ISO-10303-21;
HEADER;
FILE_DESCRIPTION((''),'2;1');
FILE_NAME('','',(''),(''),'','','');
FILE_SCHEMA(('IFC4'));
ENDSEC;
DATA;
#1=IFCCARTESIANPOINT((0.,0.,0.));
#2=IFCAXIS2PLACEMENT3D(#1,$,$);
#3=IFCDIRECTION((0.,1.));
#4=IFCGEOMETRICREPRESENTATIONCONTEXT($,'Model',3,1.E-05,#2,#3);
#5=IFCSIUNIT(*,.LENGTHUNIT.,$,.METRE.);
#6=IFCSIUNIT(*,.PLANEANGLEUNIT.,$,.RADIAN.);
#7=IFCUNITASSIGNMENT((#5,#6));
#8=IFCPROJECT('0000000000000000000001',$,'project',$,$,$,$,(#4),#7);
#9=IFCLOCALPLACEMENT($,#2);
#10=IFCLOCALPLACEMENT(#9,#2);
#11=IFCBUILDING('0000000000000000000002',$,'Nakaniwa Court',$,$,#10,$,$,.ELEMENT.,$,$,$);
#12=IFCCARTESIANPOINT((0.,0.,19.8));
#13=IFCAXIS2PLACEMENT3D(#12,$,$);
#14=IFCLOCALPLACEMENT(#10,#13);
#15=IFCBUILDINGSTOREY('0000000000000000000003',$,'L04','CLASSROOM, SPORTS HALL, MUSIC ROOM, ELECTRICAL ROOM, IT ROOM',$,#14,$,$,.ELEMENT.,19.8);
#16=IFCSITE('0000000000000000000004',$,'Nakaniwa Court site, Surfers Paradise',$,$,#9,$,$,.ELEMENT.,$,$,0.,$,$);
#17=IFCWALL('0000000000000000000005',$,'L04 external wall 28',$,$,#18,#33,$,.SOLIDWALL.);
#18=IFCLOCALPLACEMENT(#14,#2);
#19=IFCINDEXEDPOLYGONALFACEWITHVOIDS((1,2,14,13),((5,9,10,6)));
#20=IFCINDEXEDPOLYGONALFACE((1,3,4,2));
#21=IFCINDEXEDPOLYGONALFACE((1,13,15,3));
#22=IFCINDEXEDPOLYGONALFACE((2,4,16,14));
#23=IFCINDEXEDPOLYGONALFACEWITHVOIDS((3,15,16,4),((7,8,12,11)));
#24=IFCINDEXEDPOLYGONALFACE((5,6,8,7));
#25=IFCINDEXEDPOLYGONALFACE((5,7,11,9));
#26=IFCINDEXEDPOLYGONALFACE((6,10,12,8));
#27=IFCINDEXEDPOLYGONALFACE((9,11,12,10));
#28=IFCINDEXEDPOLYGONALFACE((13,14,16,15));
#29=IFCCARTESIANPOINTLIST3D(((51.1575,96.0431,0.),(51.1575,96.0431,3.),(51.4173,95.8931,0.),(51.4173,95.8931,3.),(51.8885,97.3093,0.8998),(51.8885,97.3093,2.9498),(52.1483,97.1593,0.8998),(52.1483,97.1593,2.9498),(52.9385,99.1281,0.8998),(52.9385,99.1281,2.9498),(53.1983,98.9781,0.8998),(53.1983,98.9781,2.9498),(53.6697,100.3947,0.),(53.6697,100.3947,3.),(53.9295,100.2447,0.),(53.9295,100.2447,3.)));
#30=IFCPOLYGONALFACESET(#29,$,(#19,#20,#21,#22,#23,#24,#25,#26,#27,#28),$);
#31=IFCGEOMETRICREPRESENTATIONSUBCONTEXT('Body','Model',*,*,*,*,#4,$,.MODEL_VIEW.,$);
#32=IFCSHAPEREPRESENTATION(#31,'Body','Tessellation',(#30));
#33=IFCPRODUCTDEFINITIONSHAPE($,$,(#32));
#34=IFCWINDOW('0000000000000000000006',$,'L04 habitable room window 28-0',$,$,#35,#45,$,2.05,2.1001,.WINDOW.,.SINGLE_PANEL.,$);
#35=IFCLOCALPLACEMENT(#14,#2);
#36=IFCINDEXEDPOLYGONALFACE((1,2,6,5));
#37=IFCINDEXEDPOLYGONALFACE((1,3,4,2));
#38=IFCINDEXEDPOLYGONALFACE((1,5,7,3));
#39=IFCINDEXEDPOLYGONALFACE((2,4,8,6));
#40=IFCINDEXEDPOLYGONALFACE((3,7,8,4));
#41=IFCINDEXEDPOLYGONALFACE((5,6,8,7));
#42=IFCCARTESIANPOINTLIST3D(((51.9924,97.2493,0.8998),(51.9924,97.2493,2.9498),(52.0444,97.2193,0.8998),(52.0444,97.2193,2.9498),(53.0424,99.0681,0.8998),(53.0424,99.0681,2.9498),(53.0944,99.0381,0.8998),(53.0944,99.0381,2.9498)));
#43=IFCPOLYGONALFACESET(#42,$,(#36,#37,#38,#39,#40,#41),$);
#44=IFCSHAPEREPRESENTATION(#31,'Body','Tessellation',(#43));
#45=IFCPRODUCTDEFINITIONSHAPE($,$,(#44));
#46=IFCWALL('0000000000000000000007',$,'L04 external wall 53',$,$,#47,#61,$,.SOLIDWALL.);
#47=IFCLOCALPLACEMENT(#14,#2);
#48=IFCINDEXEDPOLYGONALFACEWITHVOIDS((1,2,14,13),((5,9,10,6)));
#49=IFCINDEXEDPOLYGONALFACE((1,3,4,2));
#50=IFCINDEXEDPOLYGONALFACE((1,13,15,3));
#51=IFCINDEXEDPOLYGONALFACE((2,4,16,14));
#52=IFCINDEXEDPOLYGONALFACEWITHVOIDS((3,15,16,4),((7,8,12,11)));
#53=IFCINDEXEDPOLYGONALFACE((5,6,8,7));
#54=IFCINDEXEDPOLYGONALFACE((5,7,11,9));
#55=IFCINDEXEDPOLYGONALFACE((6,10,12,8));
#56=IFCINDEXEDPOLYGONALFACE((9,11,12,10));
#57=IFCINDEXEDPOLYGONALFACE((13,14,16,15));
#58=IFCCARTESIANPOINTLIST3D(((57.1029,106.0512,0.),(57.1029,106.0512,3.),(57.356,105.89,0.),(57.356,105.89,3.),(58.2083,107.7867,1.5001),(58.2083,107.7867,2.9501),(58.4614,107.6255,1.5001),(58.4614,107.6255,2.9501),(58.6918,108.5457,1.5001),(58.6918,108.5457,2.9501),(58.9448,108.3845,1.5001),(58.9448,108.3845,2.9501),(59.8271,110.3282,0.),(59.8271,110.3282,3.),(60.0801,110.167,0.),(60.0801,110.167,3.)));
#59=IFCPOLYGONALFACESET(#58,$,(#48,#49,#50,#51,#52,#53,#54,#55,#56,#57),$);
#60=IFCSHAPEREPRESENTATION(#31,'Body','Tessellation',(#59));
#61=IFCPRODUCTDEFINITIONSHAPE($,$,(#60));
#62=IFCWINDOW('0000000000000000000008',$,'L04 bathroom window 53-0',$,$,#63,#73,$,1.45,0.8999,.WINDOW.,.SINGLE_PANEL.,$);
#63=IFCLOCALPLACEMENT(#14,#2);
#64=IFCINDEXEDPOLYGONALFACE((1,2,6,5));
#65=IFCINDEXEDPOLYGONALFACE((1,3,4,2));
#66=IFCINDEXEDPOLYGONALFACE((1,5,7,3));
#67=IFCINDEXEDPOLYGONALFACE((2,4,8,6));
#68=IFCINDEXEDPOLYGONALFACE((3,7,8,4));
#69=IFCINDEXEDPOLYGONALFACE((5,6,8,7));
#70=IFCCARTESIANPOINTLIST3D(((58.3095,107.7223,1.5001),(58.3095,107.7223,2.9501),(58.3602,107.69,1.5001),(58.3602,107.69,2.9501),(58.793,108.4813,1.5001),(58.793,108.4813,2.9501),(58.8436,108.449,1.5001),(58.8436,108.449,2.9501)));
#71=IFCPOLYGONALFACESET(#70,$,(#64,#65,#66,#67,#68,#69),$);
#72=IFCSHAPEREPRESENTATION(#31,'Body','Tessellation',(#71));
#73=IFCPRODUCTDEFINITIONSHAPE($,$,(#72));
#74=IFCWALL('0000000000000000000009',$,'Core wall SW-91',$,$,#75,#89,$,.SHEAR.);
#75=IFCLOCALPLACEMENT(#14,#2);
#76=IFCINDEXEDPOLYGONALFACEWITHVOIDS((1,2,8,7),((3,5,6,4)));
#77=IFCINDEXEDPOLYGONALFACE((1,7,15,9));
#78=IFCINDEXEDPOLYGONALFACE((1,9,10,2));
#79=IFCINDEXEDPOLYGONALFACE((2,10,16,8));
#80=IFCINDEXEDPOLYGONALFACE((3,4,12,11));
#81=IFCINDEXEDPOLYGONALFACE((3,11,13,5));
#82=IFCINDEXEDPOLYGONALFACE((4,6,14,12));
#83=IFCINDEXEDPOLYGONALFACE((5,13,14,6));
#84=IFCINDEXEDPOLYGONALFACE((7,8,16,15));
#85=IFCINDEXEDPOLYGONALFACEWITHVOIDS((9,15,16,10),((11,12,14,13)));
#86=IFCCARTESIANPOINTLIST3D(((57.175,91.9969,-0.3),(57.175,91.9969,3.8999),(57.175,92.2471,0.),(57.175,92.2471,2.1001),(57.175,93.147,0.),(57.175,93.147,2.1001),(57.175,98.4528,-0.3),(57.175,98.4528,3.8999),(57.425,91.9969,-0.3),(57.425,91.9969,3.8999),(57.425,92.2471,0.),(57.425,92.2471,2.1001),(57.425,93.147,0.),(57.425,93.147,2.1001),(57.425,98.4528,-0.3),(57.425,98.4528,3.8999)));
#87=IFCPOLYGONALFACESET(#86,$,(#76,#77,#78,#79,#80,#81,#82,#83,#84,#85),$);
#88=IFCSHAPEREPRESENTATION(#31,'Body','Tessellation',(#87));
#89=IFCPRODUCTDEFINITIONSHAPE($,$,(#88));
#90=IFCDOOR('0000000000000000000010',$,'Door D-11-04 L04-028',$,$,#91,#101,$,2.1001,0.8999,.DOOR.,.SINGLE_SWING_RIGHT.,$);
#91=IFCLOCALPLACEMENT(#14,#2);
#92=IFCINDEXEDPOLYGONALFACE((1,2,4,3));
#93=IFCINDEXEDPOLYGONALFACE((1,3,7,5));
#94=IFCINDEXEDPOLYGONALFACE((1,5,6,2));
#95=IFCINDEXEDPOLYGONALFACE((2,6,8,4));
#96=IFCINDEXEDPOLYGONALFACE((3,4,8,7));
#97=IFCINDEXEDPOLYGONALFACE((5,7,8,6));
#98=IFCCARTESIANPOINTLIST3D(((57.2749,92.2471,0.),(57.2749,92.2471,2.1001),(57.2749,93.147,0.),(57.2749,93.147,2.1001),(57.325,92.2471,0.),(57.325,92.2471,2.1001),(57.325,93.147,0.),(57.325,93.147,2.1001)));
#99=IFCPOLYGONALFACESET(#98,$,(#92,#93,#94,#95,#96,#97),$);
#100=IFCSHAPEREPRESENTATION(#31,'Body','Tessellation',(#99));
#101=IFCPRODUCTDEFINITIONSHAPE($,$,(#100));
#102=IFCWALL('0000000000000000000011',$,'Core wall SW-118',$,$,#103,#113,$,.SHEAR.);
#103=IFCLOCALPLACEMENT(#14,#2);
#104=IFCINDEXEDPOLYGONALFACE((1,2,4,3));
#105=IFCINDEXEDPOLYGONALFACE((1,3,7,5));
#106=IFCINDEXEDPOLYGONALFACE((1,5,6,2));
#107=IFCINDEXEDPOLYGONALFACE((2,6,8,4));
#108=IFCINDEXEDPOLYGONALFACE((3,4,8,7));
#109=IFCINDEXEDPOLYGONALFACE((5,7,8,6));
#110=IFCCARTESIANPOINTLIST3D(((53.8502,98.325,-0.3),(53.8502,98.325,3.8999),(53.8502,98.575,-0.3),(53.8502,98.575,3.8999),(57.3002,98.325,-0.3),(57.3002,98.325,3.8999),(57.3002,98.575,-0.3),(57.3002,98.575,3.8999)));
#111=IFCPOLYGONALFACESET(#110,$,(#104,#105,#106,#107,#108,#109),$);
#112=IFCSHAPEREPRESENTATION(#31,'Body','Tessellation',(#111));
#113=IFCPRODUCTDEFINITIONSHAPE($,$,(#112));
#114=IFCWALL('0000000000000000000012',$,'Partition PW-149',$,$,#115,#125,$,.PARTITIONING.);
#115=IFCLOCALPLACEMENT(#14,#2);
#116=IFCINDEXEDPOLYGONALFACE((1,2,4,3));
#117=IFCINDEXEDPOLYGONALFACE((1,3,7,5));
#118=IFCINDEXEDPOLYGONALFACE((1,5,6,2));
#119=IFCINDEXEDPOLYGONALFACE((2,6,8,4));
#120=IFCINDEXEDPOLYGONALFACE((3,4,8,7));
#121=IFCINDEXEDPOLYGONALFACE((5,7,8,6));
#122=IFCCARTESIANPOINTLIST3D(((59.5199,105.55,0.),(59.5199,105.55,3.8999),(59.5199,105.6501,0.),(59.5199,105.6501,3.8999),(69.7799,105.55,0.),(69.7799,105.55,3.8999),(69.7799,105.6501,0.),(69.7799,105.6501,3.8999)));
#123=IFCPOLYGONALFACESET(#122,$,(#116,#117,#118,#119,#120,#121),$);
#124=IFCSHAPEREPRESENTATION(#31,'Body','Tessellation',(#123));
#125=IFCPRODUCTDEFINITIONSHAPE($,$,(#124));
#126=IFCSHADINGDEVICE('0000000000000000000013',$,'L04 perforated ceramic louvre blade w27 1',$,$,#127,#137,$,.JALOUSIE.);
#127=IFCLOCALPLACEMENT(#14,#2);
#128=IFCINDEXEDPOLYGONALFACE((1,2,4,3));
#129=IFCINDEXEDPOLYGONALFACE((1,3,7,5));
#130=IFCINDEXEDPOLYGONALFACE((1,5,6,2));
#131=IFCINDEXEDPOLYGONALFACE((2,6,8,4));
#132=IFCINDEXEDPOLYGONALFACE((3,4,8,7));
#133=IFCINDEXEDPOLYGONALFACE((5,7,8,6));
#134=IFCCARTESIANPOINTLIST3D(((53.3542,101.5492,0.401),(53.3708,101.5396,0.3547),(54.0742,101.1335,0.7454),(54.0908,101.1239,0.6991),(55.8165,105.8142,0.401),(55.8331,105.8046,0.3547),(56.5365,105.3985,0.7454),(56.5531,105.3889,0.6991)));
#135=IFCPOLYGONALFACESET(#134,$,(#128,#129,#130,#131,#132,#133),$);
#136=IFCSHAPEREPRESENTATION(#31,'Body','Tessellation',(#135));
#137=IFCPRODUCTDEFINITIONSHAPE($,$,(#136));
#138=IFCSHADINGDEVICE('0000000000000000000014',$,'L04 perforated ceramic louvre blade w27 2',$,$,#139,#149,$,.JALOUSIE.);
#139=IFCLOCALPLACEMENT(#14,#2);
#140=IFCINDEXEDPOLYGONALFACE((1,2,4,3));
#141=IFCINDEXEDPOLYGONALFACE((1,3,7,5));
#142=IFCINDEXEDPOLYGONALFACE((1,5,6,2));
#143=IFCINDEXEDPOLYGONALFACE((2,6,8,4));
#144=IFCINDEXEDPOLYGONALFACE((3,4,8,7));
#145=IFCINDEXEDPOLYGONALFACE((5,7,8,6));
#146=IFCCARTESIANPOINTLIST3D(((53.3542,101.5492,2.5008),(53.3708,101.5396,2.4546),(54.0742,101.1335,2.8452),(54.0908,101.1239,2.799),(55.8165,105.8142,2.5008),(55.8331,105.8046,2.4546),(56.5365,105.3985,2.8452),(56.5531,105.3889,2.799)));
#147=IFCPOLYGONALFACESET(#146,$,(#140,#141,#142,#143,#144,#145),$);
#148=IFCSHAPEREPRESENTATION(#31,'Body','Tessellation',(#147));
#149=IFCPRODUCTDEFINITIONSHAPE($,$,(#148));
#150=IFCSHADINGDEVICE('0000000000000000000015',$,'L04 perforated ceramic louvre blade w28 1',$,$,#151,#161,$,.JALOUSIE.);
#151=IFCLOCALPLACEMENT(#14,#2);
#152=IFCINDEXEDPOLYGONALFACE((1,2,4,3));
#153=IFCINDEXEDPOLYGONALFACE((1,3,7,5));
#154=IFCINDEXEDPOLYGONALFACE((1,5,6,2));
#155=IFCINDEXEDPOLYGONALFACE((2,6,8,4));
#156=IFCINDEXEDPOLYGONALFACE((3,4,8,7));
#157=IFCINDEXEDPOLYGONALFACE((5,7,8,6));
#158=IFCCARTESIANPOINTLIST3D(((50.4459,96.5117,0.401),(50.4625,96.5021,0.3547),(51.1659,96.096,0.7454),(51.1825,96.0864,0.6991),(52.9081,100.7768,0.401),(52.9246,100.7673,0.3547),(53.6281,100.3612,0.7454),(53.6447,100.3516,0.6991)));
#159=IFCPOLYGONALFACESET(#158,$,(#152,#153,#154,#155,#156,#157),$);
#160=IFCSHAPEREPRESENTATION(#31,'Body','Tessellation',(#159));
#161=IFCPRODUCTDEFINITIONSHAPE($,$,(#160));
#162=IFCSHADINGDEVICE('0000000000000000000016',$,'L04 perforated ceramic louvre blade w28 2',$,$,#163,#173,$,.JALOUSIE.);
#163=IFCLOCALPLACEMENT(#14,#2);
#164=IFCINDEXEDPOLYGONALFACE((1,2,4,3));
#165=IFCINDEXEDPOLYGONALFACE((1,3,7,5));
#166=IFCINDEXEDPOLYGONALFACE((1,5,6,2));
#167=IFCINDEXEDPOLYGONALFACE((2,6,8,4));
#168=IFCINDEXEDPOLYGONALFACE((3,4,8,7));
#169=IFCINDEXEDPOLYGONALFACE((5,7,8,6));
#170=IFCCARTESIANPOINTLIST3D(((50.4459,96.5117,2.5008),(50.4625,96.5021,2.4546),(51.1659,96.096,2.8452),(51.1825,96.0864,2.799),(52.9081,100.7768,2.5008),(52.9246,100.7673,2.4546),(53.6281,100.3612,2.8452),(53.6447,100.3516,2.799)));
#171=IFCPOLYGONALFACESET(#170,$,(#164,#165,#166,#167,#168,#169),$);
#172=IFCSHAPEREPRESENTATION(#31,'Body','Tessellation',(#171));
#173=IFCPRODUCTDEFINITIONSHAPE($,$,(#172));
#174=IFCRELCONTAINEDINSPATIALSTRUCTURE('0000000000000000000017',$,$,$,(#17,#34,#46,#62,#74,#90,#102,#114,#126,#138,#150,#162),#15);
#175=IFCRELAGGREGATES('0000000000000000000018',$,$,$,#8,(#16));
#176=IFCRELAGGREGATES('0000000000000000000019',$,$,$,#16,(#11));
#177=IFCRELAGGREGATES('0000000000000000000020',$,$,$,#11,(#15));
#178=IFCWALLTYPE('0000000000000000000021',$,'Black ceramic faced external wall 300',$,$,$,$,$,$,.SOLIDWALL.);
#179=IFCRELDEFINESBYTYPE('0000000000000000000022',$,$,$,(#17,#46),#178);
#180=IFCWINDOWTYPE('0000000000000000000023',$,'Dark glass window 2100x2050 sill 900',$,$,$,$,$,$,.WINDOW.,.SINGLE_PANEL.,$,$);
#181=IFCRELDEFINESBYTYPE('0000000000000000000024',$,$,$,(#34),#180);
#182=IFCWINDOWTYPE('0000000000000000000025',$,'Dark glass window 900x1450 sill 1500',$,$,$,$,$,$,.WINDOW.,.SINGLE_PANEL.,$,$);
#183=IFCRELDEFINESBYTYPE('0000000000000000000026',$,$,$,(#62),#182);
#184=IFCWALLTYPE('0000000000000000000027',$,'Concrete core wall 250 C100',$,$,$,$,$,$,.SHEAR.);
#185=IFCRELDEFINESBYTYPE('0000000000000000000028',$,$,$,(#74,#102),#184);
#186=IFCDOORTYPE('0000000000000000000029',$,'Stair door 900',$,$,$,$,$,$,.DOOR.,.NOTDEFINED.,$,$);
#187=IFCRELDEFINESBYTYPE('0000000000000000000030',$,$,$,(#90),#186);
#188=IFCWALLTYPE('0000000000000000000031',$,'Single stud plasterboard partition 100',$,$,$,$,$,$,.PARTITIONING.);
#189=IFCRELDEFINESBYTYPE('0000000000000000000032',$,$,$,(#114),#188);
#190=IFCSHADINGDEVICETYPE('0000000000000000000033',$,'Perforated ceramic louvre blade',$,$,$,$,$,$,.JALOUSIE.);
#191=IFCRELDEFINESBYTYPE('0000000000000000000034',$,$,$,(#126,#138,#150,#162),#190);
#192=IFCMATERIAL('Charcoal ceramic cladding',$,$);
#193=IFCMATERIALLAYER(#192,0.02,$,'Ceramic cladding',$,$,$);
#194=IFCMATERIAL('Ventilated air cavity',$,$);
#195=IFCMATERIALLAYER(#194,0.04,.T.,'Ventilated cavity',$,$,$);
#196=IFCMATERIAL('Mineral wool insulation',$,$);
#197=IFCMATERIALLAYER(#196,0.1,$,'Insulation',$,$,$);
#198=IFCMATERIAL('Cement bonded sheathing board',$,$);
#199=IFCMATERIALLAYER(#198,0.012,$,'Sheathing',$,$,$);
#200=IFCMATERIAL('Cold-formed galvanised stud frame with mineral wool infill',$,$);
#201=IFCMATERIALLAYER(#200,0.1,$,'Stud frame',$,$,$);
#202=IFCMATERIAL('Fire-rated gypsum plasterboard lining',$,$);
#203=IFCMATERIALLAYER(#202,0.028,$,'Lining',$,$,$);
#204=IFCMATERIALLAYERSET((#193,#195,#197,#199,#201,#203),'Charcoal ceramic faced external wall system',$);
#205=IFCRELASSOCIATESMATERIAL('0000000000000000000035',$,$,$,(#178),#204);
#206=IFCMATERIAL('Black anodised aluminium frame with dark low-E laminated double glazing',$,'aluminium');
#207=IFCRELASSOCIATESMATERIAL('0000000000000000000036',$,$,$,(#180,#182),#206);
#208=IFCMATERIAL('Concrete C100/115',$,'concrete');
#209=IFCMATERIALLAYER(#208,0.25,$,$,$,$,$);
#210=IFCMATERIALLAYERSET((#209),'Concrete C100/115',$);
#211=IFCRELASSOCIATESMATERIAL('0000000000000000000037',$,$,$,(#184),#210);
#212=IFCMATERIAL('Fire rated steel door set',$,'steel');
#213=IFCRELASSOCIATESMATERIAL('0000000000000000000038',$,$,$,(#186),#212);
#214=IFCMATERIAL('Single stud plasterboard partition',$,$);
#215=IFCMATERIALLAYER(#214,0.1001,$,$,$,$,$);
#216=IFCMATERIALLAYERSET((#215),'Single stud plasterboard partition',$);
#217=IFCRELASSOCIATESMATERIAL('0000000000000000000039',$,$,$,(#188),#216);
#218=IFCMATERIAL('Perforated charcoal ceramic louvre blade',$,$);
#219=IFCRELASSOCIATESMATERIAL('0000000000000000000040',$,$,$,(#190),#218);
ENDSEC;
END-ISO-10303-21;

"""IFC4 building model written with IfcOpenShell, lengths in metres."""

from ifc_helpers import new_model, si_unit, direction, frame, frame_2d, origin, origin_2d, place, context, subcontext, project, spatial, rectangle, extrude, material, layer, layer_set, material_profile, profile_set, type_object, element, fill, save


model = new_model("IFC4")

# Units and contexts
model_context = context("Model", 3, precision=1e-05, world=origin(), true_north=direction((0.0, 1.0)))
body_context = subcontext(model_context, "Body", "Model", "MODEL_VIEW")
ifc_project = project(units=[si_unit("LENGTHUNIT", "METRE"), si_unit("PLANEANGLEUNIT", "RADIAN")], contexts=[model_context])

# Site, building, storey
site_placement = place(None, origin())
site = spatial("IfcSite", under=ifc_project, at=site_placement, Name="Nakaniwa Court site, Surfers Paradise", CompositionType="ELEMENT", RefElevation=0.0)
building_placement = place(site_placement, origin())
building = spatial("IfcBuilding", under=site, at=building_placement, Name="Nakaniwa Court", CompositionType="ELEMENT")
storey_placement = place(building_placement, frame((0.0, 0.0, 19.8)))
storey = spatial("IfcBuildingStorey", under=building, at=storey_placement, Name="L04", Description="CLASSROOM, SPORTS HALL, MUSIC ROOM, ELECTRICAL ROOM, IT ROOM", CompositionType="ELEMENT", Elevation=19.8)

# Shared definitions
ifc_material_1 = material(Name="Concrete C100/115", Category="concrete")

# Walls, openings, windows
ifc_material_2 = material(Name="Charcoal ceramic cladding")
ifc_layer_1 = layer(ifc_material_2, 0.02, Name="Ceramic cladding")
ifc_material_3 = material(Name="Ventilated air cavity")
ifc_layer_2 = layer(ifc_material_3, 0.04, ventilated=True, Name="Ventilated cavity")
ifc_material_4 = material(Name="Mineral wool insulation")
ifc_layer_3 = layer(ifc_material_4, 0.1, Name="Insulation")
ifc_material_5 = material(Name="Cement bonded sheathing board")
ifc_layer_4 = layer(ifc_material_5, 0.012, Name="Sheathing")
ifc_material_6 = material(Name="Cold-formed galvanised stud frame with mineral wool infill")
ifc_layer_5 = layer(ifc_material_6, 0.1, Name="Stud frame")
ifc_material_7 = material(Name="Fire-rated gypsum plasterboard lining")
ifc_layer_6 = layer(ifc_material_7, 0.028, Name="Lining")
ifc_layer_set_1 = layer_set([ifc_layer_1, ifc_layer_2, ifc_layer_3, ifc_layer_4, ifc_layer_5, ifc_layer_6], Name="Charcoal ceramic faced external wall system")
wall_type_1 = type_object("IfcWallType", Name="Black ceramic faced external wall 300", PredefinedType="SOLIDWALL", material=ifc_layer_set_1)
ifc_material_8 = material(Name="Black anodised aluminium frame with dark low-E laminated double glazing", Category="aluminium")
window_type_1 = type_object("IfcWindowType", Name="Dark glass window 2100x2050 sill 900", PartitioningType="SINGLE_PANEL", PredefinedType="WINDOW", material=ifc_material_8)
wall_1_placement = place(storey_placement, frame((53.7996, 100.3196, 0.0), z_axis=(0.0, 0.0, 1.0), x_axis=(-0.499975, -0.86604, 0.0)))
wall_1 = element("IfcWall", 1, at=wall_1_placement, inside=storey, type_object=wall_type_1, Name="L04 external wall 28", PredefinedType="SOLIDWALL", context=body_context, shape_type="SweptSolid", body=[
    extrude(rectangle(XDim=5.0247, YDim=0.3, at=frame_2d((2.5122, 0.0))), origin(), (0.0, 0.0, 1.0), 3.0),
])
opening_1_placement = place(wall_1_placement, frame((1.4624, 0.0, 0.8999)))
opening_1 = element("IfcOpeningElement", 2, at=opening_1_placement, cuts=wall_1, PredefinedType="OPENING", context=body_context, shape_type="SweptSolid", body=[
    extrude(rectangle(XDim=2.1001, YDim=2.05, at=frame_2d((1.05, 1.0249))), frame((0.0, 0.1599, 0.0), z_axis=(0.0, -1.0, 0.0), x_axis=(1.0, 0.0, 0.0)), (0.0, 0.0, 1.0), 0.3201),
])
window_1_placement = place(opening_1_placement, origin())
window_1 = element("IfcWindow", 3, at=window_1_placement, inside=storey, type_object=window_type_1, Name="L04 habitable room window 28-0", OverallHeight=2.05, OverallWidth=2.1001, PartitioningType="SINGLE_PANEL", PredefinedType="WINDOW", context=body_context, shape_type="SweptSolid", body=[
    extrude(rectangle(XDim=2.1001, YDim=2.05, at=frame_2d((1.05, 1.0249))), frame((0.0, 0.03, 0.0), z_axis=(0.0, -1.0, 0.0), x_axis=(1.0, 0.0, 0.0)), (0.0, 0.0, 1.0), 0.0601),
])
fill(opening_1, window_1)
wall_2_placement = place(storey_placement, frame((59.9536, 110.2476, 0.0), z_axis=(0.0, 0.0, 1.0), x_axis=(-0.537224, -0.843439, 0.0)))
wall_2 = element("IfcWall", 4, at=wall_2_placement, inside=storey, type_object=wall_type_1, Name="L04 external wall 53", PredefinedType="SOLIDWALL", context=body_context, shape_type="SweptSolid", body=[
    extrude(rectangle(XDim=5.0708, YDim=0.3, at=frame_2d((2.5354, 0.0))), origin(), (0.0, 0.0, 1.0), 3.0),
])
opening_2_placement = place(wall_2_placement, frame((2.1133, 0.0, 1.5)))
opening_2 = element("IfcOpeningElement", 5, at=opening_2_placement, cuts=wall_2, PredefinedType="OPENING", context=body_context, shape_type="SweptSolid", body=[
    extrude(rectangle(XDim=0.8999, YDim=1.45, at=frame_2d((0.45, 0.7251))), frame((0.0, 0.1599, 0.0), z_axis=(0.0, -1.0, 0.0), x_axis=(1.0, 0.0, 0.0)), (0.0, 0.0, 1.0), 0.3201),
])
window_type_2 = type_object("IfcWindowType", Name="Dark glass window 900x1450 sill 1500", PartitioningType="SINGLE_PANEL", PredefinedType="WINDOW", material=ifc_material_8)
window_2_placement = place(opening_2_placement, origin())
window_2 = element("IfcWindow", 6, at=window_2_placement, inside=storey, type_object=window_type_2, Name="L04 bathroom window 53-0", OverallHeight=1.45, OverallWidth=0.8999, PartitioningType="SINGLE_PANEL", PredefinedType="WINDOW", context=body_context, shape_type="SweptSolid", body=[
    extrude(rectangle(XDim=0.8999, YDim=1.45, at=frame_2d((0.45, 0.7251))), frame((0.0, 0.03, 0.0), z_axis=(0.0, -1.0, 0.0), x_axis=(1.0, 0.0, 0.0)), (0.0, 0.0, 1.0), 0.0601),
])
fill(opening_2, window_2)

# Wall, opening, door
ifc_layer_7 = layer(ifc_material_1, 0.25)
ifc_layer_set_2 = layer_set([ifc_layer_7], Name="Concrete C100/115")
wall_type_2 = type_object("IfcWallType", Name="Concrete core wall 250 C100", PredefinedType="SHEAR", material=ifc_layer_set_2)
wall_3_placement = place(storey_placement, frame((57.3, 98.4529, -0.3), z_axis=(0.0, 0.0, 1.0), x_axis=(0.0, -1.0, 0.0)))
wall_3 = element("IfcWall", 7, at=wall_3_placement, inside=storey, type_object=wall_type_2, Name="Core wall SW-91", PredefinedType="SHEAR", context=body_context, shape_type="SweptSolid", body=[
    extrude(rectangle(XDim=6.4558, YDim=0.25, at=frame_2d((3.228, 0.0))), origin(), (0.0, 0.0, 1.0), 4.2),
])
opening_3_placement = place(wall_3_placement, frame((5.3059, 0.0, 0.3)))
opening_3 = element("IfcOpeningElement", 8, at=opening_3_placement, cuts=wall_3, PredefinedType="OPENING", context=body_context, shape_type="SweptSolid", body=[
    extrude(rectangle(XDim=0.8999, YDim=2.1001, at=frame_2d((0.45, 1.05))), frame((0.0, 0.135, 0.0), z_axis=(0.0, -1.0, 0.0), x_axis=(1.0, 0.0, 0.0)), (0.0, 0.0, 1.0), 0.27),
])
ifc_material_9 = material(Name="Fire rated steel door set", Category="steel")
door_type_1 = type_object("IfcDoorType", Name="Stair door 900", OperationType="NOTDEFINED", PredefinedType="DOOR", material=ifc_material_9)
door_1_placement = place(opening_3_placement, origin())
door_1 = element("IfcDoor", 9, at=door_1_placement, inside=storey, type_object=door_type_1, Name="Door D-11-04 L04-028", OperationType="SINGLE_SWING_RIGHT", OverallHeight=2.1001, OverallWidth=0.8999, PredefinedType="DOOR", context=body_context, shape_type="SweptSolid", body=[
    extrude(rectangle(XDim=0.8999, YDim=2.1001, at=frame_2d((0.45, 1.05))), frame((0.0, 0.0249, 0.0), z_axis=(0.0, -1.0, 0.0), x_axis=(1.0, 0.0, 0.0)), (0.0, 0.0, 1.0), 0.05),
])
fill(opening_3, door_1)

# Walls
wall_4_placement = place(storey_placement, frame((53.8501, 98.45, -0.3), z_axis=(0.0, 0.0, 1.0), x_axis=(1.0, 0.0, 0.0)))
element("IfcWall", 10, at=wall_4_placement, inside=storey, type_object=wall_type_2, Name="Core wall SW-118", PredefinedType="SHEAR", context=body_context, shape_type="SweptSolid", body=[
    extrude(rectangle(XDim=3.45, YDim=0.25, at=frame_2d((1.7251, 0.0))), origin(), (0.0, 0.0, 1.0), 4.2),
])
ifc_material_10 = material(Name="Single stud plasterboard partition")
ifc_layer_8 = layer(ifc_material_10, 0.1001)
ifc_layer_set_3 = layer_set([ifc_layer_8], Name="Single stud plasterboard partition")
wall_type_3 = type_object("IfcWallType", Name="Single stud plasterboard partition 100", PredefinedType="PARTITIONING", material=ifc_layer_set_3)
wall_5_placement = place(storey_placement, frame((59.52, 105.6001, 0.0), z_axis=(0.0, 0.0, 1.0), x_axis=(1.0, 0.0, 0.0)))
element("IfcWall", 11, at=wall_5_placement, inside=storey, type_object=wall_type_3, Name="Partition PW-149", PredefinedType="PARTITIONING", context=body_context, shape_type="SweptSolid", body=[
    extrude(rectangle(XDim=10.26, YDim=0.1001, at=frame_2d((5.1299, 0.0))), origin(), (0.0, 0.0, 1.0), 3.8999),
])

# Shading devices
ifc_material_11 = material(Name="Perforated charcoal ceramic louvre blade")
ifc_material_profile_1 = material_profile(ifc_material_11, rectangle(XDim=0.8999, YDim=0.05, at=origin_2d()), Name="Perforated ceramic louvre blade")
ifc_profile_set_1 = profile_set([ifc_material_profile_1], Name="Perforated charcoal ceramic louvre blade")
shading_device_type = type_object("IfcShadingDeviceType", Name="Perforated ceramic louvre blade", PredefinedType="JALOUSIE", material=ifc_profile_set_1)
for number, where, z_axis, x_axis, name in (
    (12, (56.1848, 105.6016, 0.55), (-0.499989, -0.866032, 0.0), (0.800109, -0.461929, 0.382683), "L04 perforated ceramic louvre blade w27 1"),
    (13, (56.1848, 105.6016, 2.6499), (-0.499989, -0.866032, 0.0), (0.800109, -0.461929, 0.382683), "L04 perforated ceramic louvre blade w27 2"),
    (14, (53.2764, 100.5642, 0.55), (-0.499951, -0.866054, 0.0), (0.800129, -0.461895, 0.382683), "L04 perforated ceramic louvre blade w28 1"),
    (15, (53.2764, 100.5642, 2.6499), (-0.499951, -0.866054, 0.0), (0.800129, -0.461895, 0.382683), "L04 perforated ceramic louvre blade w28 2"),
):
    element("IfcShadingDevice", number, at=place(storey_placement, frame(where, z_axis=z_axis, x_axis=x_axis)), inside=storey, type_object=shading_device_type, Name=name, PredefinedType="JALOUSIE", context=body_context, shape_type="SweptSolid", body=[
        extrude(rectangle(XDim=0.8999, YDim=0.05, at=origin_2d()), origin(), (0.0, 0.0, 1.0), 4.9248),
    ])

save(model, "model.ifc")
